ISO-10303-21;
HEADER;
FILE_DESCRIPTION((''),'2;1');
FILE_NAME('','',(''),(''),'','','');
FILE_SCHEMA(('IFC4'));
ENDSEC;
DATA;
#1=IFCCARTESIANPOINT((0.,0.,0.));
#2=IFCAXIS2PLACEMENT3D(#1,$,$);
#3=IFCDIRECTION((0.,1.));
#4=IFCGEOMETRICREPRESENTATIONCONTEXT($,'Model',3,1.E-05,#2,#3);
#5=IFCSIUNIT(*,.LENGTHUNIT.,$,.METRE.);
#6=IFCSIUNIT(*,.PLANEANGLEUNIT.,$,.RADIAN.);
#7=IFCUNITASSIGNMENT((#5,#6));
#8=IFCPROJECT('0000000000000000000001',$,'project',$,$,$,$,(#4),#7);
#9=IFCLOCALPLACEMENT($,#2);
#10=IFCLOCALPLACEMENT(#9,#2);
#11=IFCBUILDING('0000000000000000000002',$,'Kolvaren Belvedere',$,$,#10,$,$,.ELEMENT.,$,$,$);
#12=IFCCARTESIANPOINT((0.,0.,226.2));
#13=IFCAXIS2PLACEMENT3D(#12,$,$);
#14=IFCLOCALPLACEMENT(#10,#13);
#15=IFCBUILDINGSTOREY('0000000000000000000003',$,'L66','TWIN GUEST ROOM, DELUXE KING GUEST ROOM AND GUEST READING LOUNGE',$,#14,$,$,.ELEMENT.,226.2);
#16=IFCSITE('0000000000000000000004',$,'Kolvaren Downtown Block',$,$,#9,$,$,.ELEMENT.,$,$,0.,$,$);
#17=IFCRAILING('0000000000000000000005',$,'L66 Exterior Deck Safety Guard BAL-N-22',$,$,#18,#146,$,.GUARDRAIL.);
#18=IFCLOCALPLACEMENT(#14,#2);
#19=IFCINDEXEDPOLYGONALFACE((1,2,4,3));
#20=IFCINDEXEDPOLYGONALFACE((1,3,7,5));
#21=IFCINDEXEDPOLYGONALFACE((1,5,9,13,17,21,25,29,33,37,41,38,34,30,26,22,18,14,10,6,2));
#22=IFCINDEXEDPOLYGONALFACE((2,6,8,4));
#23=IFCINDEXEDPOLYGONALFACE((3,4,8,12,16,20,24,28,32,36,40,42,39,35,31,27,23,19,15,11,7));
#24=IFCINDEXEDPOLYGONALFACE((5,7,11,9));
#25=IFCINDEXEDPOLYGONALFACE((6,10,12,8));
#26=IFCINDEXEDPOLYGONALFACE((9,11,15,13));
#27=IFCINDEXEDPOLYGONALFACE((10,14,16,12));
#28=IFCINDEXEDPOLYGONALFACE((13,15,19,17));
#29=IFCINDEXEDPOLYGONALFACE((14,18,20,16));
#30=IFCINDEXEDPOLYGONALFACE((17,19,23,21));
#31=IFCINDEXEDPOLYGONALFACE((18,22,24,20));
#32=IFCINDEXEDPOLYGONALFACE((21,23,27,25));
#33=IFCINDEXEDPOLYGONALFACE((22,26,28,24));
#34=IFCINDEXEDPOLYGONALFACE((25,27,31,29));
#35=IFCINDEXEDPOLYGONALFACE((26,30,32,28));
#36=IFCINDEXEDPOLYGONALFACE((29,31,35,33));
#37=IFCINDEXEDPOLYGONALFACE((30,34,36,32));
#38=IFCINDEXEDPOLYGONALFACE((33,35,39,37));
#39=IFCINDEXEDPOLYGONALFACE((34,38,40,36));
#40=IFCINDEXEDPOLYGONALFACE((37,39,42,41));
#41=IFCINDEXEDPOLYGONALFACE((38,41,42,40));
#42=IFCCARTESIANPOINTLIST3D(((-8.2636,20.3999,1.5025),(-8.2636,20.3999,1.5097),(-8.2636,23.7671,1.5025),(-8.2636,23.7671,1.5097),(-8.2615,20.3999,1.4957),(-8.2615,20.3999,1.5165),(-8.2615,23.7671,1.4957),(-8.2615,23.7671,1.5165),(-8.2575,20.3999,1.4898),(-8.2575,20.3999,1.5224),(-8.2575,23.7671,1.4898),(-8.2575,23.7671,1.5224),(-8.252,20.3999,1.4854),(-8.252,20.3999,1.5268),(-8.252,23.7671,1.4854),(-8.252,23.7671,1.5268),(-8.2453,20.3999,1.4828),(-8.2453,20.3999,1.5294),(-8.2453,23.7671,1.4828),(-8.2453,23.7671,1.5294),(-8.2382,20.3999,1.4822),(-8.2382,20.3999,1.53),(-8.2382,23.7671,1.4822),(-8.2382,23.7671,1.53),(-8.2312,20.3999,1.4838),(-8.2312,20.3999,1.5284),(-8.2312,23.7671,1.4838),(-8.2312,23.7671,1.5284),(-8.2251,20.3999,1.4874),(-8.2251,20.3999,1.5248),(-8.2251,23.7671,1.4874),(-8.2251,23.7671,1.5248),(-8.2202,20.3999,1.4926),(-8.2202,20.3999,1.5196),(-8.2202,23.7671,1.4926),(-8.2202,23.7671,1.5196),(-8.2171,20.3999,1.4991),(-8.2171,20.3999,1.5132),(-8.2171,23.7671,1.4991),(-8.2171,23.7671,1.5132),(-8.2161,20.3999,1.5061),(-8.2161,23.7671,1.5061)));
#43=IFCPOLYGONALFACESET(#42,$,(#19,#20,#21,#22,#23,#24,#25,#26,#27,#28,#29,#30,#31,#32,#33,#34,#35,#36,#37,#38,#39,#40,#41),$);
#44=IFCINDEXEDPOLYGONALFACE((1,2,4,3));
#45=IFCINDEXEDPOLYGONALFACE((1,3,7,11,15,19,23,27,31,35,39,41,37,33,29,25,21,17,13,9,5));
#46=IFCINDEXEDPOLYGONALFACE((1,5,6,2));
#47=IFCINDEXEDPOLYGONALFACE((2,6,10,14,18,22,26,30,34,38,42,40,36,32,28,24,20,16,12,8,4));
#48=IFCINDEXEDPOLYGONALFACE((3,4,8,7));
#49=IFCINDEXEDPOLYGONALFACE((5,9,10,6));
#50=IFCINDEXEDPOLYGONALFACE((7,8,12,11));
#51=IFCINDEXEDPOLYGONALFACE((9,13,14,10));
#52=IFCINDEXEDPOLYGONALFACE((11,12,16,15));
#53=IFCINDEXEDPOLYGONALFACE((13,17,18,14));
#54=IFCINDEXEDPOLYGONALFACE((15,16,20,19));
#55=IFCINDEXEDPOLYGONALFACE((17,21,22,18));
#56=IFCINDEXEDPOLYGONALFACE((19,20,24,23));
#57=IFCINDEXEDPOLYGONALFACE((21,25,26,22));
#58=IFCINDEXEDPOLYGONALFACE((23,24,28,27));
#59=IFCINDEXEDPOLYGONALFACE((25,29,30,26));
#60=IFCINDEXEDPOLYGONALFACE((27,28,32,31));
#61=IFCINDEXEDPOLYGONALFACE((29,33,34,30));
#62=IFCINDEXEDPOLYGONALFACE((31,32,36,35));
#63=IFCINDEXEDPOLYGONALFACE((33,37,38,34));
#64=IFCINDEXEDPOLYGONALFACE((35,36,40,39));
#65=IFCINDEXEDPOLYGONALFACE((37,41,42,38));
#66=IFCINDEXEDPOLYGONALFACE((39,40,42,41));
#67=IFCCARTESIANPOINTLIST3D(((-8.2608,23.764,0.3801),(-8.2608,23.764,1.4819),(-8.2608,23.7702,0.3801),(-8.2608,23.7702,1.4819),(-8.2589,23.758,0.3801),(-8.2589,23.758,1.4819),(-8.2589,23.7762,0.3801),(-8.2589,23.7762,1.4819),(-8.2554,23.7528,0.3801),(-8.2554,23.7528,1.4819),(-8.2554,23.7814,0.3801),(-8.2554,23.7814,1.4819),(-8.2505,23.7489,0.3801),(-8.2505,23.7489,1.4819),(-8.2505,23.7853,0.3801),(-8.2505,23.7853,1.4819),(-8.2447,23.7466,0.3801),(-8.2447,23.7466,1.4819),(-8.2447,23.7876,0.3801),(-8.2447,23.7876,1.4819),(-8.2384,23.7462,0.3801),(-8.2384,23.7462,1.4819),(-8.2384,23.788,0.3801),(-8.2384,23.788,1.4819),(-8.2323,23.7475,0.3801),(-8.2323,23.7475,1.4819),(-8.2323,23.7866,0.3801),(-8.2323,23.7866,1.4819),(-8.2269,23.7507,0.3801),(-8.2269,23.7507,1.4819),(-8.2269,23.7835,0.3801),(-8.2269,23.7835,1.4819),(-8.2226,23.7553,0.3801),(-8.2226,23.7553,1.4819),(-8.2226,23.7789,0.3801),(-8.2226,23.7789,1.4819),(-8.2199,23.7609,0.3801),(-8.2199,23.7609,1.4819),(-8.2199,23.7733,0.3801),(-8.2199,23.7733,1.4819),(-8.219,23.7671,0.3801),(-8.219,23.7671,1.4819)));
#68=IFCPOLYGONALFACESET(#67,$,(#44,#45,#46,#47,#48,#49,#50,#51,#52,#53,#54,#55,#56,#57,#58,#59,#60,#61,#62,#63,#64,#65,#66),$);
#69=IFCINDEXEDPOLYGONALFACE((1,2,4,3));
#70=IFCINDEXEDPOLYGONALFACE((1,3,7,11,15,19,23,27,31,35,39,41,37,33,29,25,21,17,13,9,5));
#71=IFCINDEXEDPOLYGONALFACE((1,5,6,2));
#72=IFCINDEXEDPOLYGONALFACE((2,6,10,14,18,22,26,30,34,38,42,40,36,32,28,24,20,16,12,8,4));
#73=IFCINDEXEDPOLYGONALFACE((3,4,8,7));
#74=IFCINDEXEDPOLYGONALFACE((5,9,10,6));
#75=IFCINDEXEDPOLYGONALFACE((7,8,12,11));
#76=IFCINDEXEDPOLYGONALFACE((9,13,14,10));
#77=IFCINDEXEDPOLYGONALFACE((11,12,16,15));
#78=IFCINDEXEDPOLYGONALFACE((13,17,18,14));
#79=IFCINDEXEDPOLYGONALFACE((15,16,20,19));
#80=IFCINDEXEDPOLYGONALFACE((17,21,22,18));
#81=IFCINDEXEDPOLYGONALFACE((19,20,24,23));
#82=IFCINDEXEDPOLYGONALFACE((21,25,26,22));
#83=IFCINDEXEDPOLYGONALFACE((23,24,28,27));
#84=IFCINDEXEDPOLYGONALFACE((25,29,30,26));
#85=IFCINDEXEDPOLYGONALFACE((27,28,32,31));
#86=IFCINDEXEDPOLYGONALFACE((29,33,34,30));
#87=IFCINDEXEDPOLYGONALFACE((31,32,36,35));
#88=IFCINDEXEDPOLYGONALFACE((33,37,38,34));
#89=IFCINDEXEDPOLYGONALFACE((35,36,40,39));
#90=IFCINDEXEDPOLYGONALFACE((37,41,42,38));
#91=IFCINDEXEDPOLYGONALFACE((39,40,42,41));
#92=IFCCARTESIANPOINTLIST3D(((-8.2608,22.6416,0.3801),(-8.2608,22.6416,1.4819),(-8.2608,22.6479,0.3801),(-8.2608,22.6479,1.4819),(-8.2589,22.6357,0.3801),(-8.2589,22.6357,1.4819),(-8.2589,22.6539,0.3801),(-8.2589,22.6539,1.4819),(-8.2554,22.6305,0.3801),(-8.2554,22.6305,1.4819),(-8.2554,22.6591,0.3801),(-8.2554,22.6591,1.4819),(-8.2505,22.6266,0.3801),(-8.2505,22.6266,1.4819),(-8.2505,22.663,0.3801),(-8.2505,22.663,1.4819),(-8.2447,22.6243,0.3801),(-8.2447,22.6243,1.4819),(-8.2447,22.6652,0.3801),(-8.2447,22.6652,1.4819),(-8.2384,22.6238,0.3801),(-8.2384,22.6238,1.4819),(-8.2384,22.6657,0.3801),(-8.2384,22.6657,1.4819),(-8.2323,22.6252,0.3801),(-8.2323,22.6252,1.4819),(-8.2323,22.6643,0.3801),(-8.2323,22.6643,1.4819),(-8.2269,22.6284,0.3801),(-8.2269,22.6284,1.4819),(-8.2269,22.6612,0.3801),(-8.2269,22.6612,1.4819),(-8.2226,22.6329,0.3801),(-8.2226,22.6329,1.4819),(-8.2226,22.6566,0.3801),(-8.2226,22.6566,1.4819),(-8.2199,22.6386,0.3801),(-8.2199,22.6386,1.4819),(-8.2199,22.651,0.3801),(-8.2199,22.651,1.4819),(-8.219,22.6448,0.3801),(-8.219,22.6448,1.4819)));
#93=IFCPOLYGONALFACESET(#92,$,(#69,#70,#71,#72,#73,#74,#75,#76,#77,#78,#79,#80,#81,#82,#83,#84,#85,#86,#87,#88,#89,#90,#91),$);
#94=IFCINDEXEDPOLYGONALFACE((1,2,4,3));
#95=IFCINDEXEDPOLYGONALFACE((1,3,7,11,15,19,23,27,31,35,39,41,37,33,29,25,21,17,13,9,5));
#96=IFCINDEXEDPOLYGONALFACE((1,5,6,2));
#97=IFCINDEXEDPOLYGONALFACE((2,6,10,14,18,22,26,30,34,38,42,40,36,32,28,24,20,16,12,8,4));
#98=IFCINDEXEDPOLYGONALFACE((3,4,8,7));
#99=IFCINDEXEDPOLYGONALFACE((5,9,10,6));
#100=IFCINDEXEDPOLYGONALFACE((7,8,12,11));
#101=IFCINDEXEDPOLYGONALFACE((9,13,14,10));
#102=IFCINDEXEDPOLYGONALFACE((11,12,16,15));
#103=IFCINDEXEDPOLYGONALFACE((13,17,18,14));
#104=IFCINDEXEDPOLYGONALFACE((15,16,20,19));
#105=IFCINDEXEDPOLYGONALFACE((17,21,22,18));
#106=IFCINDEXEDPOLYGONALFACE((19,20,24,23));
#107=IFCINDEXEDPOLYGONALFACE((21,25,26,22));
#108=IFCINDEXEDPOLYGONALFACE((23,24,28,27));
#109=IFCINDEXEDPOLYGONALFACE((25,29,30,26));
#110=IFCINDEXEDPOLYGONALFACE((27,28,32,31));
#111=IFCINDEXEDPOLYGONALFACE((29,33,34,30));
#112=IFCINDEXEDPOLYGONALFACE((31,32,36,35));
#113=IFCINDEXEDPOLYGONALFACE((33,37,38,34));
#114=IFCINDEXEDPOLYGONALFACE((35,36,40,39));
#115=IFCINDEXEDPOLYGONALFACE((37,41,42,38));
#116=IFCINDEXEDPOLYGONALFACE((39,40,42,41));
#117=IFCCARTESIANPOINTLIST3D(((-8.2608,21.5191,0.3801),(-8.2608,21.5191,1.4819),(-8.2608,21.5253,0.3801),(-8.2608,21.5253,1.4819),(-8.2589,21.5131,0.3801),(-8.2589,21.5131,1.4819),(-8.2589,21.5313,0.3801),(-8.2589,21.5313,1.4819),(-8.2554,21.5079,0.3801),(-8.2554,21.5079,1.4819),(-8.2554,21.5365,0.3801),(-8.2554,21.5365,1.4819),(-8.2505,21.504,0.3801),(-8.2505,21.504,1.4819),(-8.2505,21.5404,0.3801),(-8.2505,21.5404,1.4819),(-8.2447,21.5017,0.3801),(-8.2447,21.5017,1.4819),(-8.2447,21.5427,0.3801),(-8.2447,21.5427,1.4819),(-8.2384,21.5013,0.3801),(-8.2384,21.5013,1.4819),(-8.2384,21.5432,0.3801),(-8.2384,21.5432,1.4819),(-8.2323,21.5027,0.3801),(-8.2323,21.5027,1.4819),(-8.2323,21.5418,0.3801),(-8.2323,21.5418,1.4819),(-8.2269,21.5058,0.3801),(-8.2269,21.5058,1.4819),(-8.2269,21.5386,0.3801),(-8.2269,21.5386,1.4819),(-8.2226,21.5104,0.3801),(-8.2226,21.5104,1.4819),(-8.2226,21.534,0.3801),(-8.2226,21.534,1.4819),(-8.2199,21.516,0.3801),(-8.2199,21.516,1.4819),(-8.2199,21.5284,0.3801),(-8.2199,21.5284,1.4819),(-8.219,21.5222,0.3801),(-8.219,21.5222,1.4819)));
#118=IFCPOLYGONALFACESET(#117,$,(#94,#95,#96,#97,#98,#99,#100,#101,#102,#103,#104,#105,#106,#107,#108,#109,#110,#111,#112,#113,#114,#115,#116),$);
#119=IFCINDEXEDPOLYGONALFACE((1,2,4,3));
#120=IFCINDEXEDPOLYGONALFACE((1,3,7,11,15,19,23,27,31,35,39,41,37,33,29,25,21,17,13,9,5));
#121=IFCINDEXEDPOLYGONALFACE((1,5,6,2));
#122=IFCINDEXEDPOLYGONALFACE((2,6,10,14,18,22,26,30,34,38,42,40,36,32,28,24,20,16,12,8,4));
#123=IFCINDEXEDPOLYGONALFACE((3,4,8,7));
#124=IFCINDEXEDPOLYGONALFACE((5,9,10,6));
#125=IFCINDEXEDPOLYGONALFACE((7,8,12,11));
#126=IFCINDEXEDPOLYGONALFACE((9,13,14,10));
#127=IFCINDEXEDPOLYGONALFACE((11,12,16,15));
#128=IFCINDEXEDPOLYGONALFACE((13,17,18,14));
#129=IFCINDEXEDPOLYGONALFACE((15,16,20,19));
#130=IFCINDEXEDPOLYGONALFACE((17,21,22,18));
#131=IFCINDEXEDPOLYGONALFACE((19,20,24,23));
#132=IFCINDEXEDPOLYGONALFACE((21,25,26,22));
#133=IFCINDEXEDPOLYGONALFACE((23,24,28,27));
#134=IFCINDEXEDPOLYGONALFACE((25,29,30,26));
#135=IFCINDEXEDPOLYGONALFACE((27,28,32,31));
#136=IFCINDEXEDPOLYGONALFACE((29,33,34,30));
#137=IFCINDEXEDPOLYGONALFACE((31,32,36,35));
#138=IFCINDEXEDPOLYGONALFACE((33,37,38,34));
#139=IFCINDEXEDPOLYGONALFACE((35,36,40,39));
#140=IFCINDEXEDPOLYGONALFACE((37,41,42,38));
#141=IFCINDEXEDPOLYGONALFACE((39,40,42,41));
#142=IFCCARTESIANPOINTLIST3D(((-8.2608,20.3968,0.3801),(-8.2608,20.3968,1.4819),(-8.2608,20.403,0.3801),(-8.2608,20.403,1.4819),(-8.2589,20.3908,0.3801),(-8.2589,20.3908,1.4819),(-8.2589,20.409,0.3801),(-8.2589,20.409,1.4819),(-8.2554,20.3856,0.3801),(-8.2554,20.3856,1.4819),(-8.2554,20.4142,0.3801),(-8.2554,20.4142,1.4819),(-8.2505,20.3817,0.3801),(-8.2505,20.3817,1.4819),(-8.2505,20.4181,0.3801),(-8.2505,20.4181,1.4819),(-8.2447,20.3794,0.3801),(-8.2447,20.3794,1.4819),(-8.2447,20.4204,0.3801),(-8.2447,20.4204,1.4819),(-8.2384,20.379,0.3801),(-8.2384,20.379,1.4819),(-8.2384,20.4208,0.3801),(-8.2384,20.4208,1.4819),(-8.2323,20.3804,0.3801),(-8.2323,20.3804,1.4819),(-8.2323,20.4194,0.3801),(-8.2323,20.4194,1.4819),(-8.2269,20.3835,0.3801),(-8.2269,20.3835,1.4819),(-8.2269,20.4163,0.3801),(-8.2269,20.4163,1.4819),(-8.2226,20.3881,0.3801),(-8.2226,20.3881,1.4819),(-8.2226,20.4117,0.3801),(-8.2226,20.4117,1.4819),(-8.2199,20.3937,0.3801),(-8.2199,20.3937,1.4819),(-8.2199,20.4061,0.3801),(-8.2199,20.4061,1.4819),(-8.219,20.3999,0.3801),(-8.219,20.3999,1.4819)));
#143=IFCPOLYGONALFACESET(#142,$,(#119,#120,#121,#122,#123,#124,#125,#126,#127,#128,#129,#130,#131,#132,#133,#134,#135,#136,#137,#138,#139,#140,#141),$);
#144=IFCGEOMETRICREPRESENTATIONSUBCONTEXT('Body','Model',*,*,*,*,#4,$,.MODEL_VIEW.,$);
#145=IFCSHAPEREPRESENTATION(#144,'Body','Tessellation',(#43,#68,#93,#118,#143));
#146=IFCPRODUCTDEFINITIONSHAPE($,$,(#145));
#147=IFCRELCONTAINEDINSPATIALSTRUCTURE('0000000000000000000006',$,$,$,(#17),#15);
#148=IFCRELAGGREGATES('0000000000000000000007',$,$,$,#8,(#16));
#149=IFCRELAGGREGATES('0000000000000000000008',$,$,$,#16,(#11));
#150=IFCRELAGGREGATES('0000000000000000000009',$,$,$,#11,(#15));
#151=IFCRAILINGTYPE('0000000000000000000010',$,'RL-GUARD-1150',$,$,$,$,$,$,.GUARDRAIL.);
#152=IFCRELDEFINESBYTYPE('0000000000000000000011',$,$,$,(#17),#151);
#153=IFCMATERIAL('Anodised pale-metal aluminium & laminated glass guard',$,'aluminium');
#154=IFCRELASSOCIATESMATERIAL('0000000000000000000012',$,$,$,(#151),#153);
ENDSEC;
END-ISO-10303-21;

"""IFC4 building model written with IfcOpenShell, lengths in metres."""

from ifc_helpers import new_model, si_unit, direction, frame, origin, origin_2d, place, context, subcontext, project, spatial, circle, extrude, material, type_object, element, save


model = new_model("IFC4")

# Units and contexts
model_context = context("Model", 3, precision=1e-05, world=origin(), true_north=direction((0.0, 1.0)))
body_context = subcontext(model_context, "Body", "Model", "MODEL_VIEW")
ifc_project = project(units=[si_unit("LENGTHUNIT", "METRE"), si_unit("PLANEANGLEUNIT", "RADIAN")], contexts=[model_context])

# Site, building, storey
site_placement = place(None, origin())
site = spatial("IfcSite", under=ifc_project, at=site_placement, Name="Kolvaren Downtown Block", CompositionType="ELEMENT", RefElevation=0.0)
building_placement = place(site_placement, origin())
building = spatial("IfcBuilding", under=site, at=building_placement, Name="Kolvaren Belvedere", CompositionType="ELEMENT")
storey_placement = place(building_placement, frame((0.0, 0.0, 226.2)))
storey = spatial("IfcBuildingStorey", under=building, at=storey_placement, Name="L66", Description="TWIN GUEST ROOM, DELUXE KING GUEST ROOM AND GUEST READING LOUNGE", CompositionType="ELEMENT", Elevation=226.2)

# Railing
ifc_material_1 = material(Name="Anodised pale-metal aluminium & laminated glass guard", Category="aluminium")
railing_type = type_object("IfcRailingType", Name="RL-GUARD-1150", PredefinedType="GUARDRAIL", material=ifc_material_1)
railing_1_placement = place(storey_placement, frame((-8.24, 23.7671, 0.3801)))
element("IfcRailing", 1, at=railing_1_placement, inside=storey, type_object=railing_type, Name="L66 Exterior Deck Safety Guard BAL-N-22", PredefinedType="GUARDRAIL", context=body_context, shape_type="SweptSolid", body=[
    extrude(circle(Radius=0.0239, at=origin_2d()), frame((0.0, 0.0, 1.126), z_axis=(0.0, -1.0, 0.0), x_axis=(1.0, 0.0, 0.0)), (0.0, 0.0, 1.0), 3.3672),
    extrude(circle(Radius=0.021, at=origin_2d()), origin(), (0.0, 0.0, 1.0), 1.1018),
    extrude(circle(Radius=0.021, at=origin_2d()), frame((0.0, -1.1223, 0.0)), (0.0, 0.0, 1.0), 1.1018),
    extrude(circle(Radius=0.021, at=origin_2d()), frame((0.0, -2.2449, 0.0)), (0.0, 0.0, 1.0), 1.1018),
    extrude(circle(Radius=0.021, at=origin_2d()), frame((0.0, -3.3672, 0.0)), (0.0, 0.0, 1.0), 1.1018),
])

save(model, "model.ifc")
